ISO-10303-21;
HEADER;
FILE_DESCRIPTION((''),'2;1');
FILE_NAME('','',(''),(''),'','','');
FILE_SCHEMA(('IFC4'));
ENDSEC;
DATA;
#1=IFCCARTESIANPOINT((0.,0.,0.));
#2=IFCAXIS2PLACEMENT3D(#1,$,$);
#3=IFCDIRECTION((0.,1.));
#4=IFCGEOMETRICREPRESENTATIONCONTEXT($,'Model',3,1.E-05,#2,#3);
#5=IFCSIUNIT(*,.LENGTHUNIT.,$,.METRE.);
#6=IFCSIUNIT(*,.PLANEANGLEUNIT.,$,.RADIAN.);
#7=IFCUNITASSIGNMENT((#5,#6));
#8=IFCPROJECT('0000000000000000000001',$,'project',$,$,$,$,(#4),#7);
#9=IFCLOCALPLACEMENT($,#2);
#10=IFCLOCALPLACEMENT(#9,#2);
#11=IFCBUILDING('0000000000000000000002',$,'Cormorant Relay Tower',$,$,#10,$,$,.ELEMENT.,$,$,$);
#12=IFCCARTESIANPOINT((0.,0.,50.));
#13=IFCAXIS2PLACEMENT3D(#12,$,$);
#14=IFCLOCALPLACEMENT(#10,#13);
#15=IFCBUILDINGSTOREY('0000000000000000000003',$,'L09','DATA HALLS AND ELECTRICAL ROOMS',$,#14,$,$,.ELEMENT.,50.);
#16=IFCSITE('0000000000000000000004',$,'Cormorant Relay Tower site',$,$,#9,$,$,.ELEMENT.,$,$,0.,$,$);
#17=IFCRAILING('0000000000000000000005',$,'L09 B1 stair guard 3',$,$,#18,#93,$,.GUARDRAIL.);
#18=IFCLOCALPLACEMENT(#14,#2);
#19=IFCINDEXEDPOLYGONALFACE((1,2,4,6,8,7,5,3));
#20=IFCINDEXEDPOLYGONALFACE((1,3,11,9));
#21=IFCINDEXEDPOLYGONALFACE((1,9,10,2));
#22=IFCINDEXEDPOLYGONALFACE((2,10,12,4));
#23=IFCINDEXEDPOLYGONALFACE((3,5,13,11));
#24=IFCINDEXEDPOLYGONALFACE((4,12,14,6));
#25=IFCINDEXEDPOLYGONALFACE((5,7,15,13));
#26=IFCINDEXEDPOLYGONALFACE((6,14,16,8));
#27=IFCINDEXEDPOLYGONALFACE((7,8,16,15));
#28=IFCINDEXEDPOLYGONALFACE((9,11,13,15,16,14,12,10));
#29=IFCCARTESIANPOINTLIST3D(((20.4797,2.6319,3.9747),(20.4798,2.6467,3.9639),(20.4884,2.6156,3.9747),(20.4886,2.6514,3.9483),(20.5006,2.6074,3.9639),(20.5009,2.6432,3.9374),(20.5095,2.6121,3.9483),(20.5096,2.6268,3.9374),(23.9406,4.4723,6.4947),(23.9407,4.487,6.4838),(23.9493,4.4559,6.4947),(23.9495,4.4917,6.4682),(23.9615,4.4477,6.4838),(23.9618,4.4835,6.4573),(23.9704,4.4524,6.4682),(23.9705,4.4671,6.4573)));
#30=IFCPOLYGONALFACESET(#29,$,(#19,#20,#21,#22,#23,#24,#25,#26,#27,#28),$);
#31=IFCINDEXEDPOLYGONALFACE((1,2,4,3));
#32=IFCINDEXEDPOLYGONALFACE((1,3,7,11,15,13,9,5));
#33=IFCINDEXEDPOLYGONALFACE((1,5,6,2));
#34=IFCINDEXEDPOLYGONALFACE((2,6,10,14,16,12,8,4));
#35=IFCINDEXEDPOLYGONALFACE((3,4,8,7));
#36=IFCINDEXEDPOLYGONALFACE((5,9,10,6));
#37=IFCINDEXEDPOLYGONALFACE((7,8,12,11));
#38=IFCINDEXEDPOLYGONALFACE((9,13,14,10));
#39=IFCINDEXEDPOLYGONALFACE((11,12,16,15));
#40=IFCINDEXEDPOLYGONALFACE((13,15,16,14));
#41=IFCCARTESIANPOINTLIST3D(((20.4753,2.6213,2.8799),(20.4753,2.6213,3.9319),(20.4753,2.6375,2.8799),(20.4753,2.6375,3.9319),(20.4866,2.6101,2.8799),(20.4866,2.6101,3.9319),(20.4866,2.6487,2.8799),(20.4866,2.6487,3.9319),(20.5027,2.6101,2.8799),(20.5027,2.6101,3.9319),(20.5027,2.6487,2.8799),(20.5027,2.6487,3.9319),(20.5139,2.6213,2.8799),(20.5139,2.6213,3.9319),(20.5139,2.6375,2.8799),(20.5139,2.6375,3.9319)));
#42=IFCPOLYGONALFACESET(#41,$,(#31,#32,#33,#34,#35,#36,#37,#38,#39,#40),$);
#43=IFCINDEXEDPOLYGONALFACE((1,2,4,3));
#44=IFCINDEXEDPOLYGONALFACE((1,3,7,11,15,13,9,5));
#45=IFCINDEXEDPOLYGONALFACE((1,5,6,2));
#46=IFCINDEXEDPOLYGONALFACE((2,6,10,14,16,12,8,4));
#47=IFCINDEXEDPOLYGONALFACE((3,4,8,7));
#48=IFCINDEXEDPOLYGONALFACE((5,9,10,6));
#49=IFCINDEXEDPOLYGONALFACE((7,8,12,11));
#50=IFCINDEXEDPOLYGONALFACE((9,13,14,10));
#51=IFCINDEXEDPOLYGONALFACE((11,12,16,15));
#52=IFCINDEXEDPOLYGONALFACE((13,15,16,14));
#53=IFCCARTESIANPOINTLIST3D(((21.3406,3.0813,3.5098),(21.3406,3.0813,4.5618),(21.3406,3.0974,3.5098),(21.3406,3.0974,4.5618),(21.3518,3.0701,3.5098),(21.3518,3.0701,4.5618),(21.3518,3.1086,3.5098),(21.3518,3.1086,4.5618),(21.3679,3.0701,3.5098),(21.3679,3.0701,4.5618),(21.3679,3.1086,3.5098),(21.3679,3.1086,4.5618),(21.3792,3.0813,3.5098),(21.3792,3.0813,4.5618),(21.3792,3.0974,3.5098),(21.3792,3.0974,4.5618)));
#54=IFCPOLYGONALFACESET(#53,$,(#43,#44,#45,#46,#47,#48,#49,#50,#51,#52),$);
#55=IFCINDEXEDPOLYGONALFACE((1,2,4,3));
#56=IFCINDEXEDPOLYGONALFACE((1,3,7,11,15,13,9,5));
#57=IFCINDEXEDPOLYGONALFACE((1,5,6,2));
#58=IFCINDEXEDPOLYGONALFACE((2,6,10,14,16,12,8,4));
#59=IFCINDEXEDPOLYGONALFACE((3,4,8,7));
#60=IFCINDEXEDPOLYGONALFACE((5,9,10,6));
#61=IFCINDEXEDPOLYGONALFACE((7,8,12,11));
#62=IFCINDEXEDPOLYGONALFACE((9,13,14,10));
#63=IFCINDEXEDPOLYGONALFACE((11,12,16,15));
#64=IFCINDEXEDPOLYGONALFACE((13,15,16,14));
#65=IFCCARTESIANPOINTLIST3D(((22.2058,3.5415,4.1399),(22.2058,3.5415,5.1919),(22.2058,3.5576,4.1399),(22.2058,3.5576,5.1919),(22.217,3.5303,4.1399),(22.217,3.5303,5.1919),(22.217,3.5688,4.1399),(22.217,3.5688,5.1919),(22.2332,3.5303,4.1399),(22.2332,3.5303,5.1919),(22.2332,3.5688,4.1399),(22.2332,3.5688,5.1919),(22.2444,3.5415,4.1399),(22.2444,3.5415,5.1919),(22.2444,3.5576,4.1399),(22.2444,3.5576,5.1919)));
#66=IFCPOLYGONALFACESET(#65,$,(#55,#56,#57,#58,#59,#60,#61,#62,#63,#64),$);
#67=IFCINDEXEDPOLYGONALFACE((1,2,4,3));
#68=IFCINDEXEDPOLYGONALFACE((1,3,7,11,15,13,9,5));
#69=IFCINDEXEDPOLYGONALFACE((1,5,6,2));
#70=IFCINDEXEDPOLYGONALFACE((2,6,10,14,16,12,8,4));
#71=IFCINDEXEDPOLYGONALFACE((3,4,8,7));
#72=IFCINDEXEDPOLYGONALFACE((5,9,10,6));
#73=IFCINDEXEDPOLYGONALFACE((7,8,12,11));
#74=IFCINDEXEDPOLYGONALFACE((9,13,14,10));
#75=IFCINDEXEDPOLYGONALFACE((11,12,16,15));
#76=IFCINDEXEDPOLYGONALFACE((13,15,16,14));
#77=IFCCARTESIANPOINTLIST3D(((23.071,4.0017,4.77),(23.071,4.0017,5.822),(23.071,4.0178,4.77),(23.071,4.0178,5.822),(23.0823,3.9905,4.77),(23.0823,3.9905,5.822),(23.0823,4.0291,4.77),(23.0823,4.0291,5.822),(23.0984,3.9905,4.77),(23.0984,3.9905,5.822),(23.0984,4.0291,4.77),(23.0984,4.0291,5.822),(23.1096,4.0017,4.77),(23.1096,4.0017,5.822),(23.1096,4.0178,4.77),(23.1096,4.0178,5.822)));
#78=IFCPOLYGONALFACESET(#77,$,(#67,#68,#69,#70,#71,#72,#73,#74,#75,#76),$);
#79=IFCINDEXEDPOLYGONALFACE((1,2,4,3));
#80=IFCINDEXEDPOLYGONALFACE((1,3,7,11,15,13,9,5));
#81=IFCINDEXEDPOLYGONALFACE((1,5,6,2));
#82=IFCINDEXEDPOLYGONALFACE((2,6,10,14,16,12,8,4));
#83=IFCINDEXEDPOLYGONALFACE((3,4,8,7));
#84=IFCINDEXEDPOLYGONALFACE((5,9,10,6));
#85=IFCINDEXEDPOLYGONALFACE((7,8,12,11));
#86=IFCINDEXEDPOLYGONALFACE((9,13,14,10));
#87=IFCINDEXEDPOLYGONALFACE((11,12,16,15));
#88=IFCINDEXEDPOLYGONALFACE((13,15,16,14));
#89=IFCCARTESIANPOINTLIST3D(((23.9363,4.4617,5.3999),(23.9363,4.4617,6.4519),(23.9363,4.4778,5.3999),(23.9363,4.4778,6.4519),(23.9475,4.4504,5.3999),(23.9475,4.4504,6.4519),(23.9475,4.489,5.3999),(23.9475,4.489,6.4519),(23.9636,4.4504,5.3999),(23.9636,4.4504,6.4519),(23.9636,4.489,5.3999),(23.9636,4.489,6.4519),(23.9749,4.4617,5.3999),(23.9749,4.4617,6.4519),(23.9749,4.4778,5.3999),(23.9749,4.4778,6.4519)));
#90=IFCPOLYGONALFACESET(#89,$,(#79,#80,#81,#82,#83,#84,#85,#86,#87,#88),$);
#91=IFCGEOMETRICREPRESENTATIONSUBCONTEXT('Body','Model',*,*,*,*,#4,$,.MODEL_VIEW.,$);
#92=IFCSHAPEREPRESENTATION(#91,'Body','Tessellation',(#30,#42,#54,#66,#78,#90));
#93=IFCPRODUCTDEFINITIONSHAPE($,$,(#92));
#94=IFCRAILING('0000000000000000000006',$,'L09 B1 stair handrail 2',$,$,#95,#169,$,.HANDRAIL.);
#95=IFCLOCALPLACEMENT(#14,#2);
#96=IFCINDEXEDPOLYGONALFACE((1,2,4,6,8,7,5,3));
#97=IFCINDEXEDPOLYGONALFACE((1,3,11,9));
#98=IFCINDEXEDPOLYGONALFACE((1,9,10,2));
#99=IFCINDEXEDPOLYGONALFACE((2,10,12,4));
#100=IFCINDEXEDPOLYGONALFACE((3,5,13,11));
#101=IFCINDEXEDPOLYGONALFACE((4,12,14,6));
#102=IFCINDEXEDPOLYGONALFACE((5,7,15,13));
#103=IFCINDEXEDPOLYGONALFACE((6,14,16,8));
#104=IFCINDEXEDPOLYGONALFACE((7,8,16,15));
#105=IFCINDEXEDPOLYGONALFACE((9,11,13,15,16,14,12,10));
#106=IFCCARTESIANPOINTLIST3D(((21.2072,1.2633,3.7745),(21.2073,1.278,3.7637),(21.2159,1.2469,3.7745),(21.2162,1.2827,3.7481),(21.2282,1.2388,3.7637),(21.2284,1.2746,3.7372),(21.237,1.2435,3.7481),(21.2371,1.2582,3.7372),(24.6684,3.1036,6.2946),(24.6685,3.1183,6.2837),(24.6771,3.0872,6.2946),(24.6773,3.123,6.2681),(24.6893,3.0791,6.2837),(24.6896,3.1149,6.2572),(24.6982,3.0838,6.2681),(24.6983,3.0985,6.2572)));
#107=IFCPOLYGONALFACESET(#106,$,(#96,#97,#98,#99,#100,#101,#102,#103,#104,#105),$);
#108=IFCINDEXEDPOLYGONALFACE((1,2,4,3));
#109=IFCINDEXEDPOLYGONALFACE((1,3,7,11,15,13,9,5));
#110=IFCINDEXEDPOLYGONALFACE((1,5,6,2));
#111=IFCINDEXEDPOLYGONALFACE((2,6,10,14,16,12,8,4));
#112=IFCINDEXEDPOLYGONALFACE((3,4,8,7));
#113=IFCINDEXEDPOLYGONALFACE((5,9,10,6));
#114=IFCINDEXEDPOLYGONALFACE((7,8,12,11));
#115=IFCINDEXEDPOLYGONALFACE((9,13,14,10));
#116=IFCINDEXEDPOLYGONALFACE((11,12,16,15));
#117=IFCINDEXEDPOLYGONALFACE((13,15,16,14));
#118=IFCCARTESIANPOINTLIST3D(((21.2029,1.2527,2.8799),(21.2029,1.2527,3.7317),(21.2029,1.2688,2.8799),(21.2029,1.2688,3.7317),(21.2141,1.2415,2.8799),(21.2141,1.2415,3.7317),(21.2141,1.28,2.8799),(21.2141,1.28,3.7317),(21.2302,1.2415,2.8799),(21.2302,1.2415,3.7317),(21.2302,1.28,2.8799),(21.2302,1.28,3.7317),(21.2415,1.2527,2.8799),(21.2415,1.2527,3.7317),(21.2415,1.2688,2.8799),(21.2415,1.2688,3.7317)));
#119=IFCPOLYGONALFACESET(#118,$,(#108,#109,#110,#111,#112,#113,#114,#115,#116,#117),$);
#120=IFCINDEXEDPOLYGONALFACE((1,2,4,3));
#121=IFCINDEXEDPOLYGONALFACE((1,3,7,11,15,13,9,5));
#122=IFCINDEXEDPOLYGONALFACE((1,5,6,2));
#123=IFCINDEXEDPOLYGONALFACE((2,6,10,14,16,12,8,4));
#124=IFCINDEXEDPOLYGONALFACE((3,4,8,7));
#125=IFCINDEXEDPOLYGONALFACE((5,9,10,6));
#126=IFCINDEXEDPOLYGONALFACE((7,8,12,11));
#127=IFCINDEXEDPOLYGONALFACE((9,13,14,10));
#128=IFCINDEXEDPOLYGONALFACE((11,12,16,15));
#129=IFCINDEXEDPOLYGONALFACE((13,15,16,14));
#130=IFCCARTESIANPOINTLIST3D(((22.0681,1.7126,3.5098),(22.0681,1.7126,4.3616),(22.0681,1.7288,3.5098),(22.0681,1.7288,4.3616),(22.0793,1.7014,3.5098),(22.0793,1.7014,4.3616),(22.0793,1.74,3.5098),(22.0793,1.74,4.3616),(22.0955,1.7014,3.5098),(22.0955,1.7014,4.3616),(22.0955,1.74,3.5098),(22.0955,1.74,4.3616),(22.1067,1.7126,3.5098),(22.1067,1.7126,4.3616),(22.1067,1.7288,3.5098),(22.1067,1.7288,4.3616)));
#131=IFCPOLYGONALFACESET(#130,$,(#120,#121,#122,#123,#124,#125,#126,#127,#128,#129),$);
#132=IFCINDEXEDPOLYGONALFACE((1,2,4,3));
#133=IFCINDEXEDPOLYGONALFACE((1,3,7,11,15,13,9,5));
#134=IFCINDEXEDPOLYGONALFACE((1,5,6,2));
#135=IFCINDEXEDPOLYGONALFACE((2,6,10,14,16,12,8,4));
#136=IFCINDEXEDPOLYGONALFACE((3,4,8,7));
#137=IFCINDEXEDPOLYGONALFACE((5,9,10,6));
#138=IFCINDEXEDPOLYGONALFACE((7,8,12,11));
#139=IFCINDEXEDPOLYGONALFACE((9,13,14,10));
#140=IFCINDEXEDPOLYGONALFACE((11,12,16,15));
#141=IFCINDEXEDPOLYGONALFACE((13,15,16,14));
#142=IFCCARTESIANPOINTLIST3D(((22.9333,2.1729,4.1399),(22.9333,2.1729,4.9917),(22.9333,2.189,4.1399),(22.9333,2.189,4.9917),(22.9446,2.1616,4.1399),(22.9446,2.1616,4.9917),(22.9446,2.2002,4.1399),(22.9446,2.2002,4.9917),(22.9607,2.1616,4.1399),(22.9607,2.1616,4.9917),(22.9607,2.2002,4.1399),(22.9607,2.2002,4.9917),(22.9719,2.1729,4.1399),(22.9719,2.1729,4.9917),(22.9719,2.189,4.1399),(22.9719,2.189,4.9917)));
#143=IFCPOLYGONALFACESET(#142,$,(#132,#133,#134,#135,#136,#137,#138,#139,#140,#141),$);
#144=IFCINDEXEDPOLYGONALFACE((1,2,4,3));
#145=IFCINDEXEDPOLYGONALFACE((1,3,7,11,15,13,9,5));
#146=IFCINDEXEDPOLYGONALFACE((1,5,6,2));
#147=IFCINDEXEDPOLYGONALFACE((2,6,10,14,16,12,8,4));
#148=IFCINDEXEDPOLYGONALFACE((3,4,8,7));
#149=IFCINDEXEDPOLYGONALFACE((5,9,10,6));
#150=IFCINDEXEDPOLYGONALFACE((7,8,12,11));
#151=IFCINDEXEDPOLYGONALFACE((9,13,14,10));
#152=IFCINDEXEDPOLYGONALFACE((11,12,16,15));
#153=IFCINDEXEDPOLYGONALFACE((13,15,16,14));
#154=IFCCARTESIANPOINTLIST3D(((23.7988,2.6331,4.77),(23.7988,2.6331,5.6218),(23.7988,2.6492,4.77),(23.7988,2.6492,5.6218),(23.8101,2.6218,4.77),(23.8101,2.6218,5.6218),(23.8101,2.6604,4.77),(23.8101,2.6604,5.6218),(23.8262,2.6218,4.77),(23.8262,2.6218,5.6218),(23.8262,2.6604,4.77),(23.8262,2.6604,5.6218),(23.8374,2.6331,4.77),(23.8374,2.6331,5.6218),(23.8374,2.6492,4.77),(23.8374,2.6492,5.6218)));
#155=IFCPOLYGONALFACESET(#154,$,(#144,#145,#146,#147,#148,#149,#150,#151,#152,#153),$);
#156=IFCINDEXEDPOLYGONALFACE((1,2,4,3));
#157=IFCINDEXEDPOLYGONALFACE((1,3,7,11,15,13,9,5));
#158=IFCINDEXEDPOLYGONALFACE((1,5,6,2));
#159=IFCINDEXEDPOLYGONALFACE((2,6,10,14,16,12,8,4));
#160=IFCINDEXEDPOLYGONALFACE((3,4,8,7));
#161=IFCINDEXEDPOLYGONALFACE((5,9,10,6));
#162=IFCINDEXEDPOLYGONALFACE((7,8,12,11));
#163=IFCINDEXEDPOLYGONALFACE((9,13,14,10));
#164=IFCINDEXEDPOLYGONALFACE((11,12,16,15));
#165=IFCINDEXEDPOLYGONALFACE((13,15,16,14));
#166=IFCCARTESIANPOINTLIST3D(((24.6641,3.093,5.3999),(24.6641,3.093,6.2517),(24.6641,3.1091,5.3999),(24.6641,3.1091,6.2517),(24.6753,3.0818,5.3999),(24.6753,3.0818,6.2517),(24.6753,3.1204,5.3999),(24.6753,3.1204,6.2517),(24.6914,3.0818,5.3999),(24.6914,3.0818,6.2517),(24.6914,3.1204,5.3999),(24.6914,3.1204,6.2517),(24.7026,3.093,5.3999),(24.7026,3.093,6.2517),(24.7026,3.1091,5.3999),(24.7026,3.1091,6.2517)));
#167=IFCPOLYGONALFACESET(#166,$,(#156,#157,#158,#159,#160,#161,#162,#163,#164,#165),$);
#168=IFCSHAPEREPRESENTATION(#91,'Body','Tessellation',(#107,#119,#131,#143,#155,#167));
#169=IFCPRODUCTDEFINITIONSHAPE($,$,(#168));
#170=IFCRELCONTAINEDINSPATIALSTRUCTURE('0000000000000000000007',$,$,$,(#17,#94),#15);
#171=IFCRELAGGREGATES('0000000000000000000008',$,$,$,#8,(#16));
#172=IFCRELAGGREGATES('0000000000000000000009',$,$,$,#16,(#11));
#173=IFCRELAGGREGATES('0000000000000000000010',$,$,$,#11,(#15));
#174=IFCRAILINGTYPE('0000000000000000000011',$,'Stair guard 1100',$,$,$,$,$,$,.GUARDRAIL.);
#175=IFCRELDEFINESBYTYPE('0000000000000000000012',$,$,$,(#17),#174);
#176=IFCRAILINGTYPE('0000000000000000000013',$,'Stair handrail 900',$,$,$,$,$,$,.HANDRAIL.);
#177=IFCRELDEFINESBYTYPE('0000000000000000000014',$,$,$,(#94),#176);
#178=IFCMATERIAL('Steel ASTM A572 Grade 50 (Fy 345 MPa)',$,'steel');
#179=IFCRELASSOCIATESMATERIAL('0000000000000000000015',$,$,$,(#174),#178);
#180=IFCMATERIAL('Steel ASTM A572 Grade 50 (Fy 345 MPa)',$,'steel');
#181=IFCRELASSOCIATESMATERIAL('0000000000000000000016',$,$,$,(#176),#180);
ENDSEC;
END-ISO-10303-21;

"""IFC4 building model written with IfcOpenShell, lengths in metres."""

from ifc_helpers import new_model, si_unit, direction, frame, origin, place, context, subcontext, project, spatial, polyline, outline, extrude, material, type_object, element, save


model = new_model("IFC4")

# Units and contexts
model_context = context("Model", 3, precision=1e-05, world=origin(), true_north=direction((0.0, 1.0)))
body_context = subcontext(model_context, "Body", "Model", "MODEL_VIEW")
ifc_project = project(units=[si_unit("LENGTHUNIT", "METRE"), si_unit("PLANEANGLEUNIT", "RADIAN")], contexts=[model_context])

# Site, building, storey
site_placement = place(None, origin())
site = spatial("IfcSite", under=ifc_project, at=site_placement, Name="Cormorant Relay Tower site", CompositionType="ELEMENT", RefElevation=0.0)
building_placement = place(site_placement, origin())
building = spatial("IfcBuilding", under=site, at=building_placement, Name="Cormorant Relay Tower", CompositionType="ELEMENT")
storey_placement = place(building_placement, frame((0.0, 0.0, 50.0)))
storey = spatial("IfcBuildingStorey", under=building, at=storey_placement, Name="L09", Description="DATA HALLS AND ELECTRICAL ROOMS", CompositionType="ELEMENT", Elevation=50.0)

# Railings
ifc_material_1 = material(Name="Steel ASTM A572 Grade 50 (Fy 345 MPa)", Category="steel")
railing_type_1 = type_object("IfcRailingType", Name="Stair guard 1100", PredefinedType="GUARDRAIL", material=ifc_material_1)
railing_1_placement = place(storey_placement, frame((20.4946, 2.6294, 2.8799)))
element("IfcRailing", 1, at=railing_1_placement, inside=storey, type_object=railing_type_1, Name="L09 B1 stair guard 3", PredefinedType="GUARDRAIL", context=body_context, shape_type="SweptSolid", body=[
    extrude(outline(polyline([(0.0222, 0.0093), (0.0093, 0.0222), (-0.0093, 0.0222), (-0.0222, 0.0093), (-0.0222, -0.0093), (-0.0093, -0.0222), (0.0093, -0.0222), (0.0222, -0.0093), (0.0222, 0.0093)])), frame((0.0, 0.0, 1.0762), z_axis=(0.742694, 0.394923, 0.540779), x_axis=(-0.469495, 0.882935, 0.0)), (0.0, 0.0, 1.0), 4.6599),
    extrude(outline(polyline([(0.0193, 0.0081), (0.0081, 0.0193), (-0.0081, 0.0193), (-0.0193, 0.0081), (-0.0193, -0.0081), (-0.0081, -0.0193), (0.0081, -0.0193), (0.0193, -0.0081), (0.0193, 0.0081)])), origin(), (0.0, 0.0, 1.0), 1.052),
    extrude(outline(polyline([(0.0193, 0.0081), (0.0081, 0.0193), (-0.0081, 0.0193), (-0.0193, 0.0081), (-0.0193, -0.0081), (-0.0081, -0.0193), (0.0081, -0.0193), (0.0193, -0.0081), (0.0193, 0.0081)])), frame((0.8652, 0.46, 0.6299)), (0.0, 0.0, 1.0), 1.052),
    extrude(outline(polyline([(0.0193, 0.0081), (0.0081, 0.0193), (-0.0081, 0.0193), (-0.0193, 0.0081), (-0.0193, -0.0081), (-0.0081, -0.0193), (0.0081, -0.0193), (0.0193, -0.0081), (0.0193, 0.0081)])), frame((1.7305, 0.9202, 1.26)), (0.0, 0.0, 1.0), 1.052),
    extrude(outline(polyline([(0.0193, 0.0081), (0.0081, 0.0193), (-0.0081, 0.0193), (-0.0193, 0.0081), (-0.0193, -0.0081), (-0.0081, -0.0193), (0.0081, -0.0193), (0.0193, -0.0081), (0.0193, 0.0081)])), frame((2.5957, 1.3804, 1.8901)), (0.0, 0.0, 1.0), 1.052),
    extrude(outline(polyline([(0.0193, 0.0081), (0.0081, 0.0193), (-0.0081, 0.0193), (-0.0193, 0.0081), (-0.0193, -0.0081), (-0.0081, -0.0193), (0.0081, -0.0193), (0.0193, -0.0081), (0.0193, 0.0081)])), frame((3.4609, 1.8403, 2.52)), (0.0, 0.0, 1.0), 1.052),
])
ifc_material_2 = material(Name="Steel ASTM A572 Grade 50 (Fy 345 MPa)", Category="steel")
railing_type_2 = type_object("IfcRailingType", Name="Stair handrail 900", PredefinedType="HANDRAIL", material=ifc_material_2)
railing_2_placement = place(storey_placement, frame((21.2222, 1.2607, 2.8799)))
element("IfcRailing", 2, at=railing_2_placement, inside=storey, type_object=railing_type_2, Name="L09 B1 stair handrail 2", PredefinedType="HANDRAIL", context=body_context, shape_type="SweptSolid", body=[
    extrude(outline(polyline([(0.0222, 0.0093), (0.0093, 0.0222), (-0.0093, 0.0222), (-0.0222, 0.0093), (-0.0222, -0.0093), (-0.0093, -0.0222), (0.0093, -0.0222), (0.0222, -0.0093), (0.0222, 0.0093)])), frame((0.0, 0.0, 0.876), z_axis=(0.742717, 0.394907, 0.540758), x_axis=(-0.469469, 0.882949, 0.0)), (0.0, 0.0, 1.0), 4.6602),
    extrude(outline(polyline([(0.0193, 0.0081), (0.0081, 0.0193), (-0.0081, 0.0193), (-0.0193, 0.0081), (-0.0193, -0.0081), (-0.0081, -0.0193), (0.0081, -0.0193), (0.0193, -0.0081), (0.0193, 0.0081)])), origin(), (0.0, 0.0, 1.0), 0.8518),
    extrude(outline(polyline([(0.0193, 0.0081), (0.0081, 0.0193), (-0.0081, 0.0193), (-0.0193, 0.0081), (-0.0193, -0.0081), (-0.0081, -0.0193), (0.0081, -0.0193), (0.0193, -0.0081), (0.0193, 0.0081)])), frame((0.8652, 0.46, 0.6299)), (0.0, 0.0, 1.0), 0.8518),
    extrude(outline(polyline([(0.0193, 0.0081), (0.0081, 0.0193), (-0.0081, 0.0193), (-0.0193, 0.0081), (-0.0193, -0.0081), (-0.0081, -0.0193), (0.0081, -0.0193), (0.0193, -0.0081), (0.0193, 0.0081)])), frame((1.7305, 0.9202, 1.26)), (0.0, 0.0, 1.0), 0.8518),
    extrude(outline(polyline([(0.0193, 0.0081), (0.0081, 0.0193), (-0.0081, 0.0193), (-0.0193, 0.0081), (-0.0193, -0.0081), (-0.0081, -0.0193), (0.0081, -0.0193), (0.0193, -0.0081), (0.0193, 0.0081)])), frame((2.5959, 1.3804, 1.8901)), (0.0, 0.0, 1.0), 0.8518),
    extrude(outline(polyline([(0.0193, 0.0081), (0.0081, 0.0193), (-0.0081, 0.0193), (-0.0193, 0.0081), (-0.0193, -0.0081), (-0.0081, -0.0193), (0.0081, -0.0193), (0.0193, -0.0081), (0.0193, 0.0081)])), frame((3.4612, 1.8403, 2.52)), (0.0, 0.0, 1.0), 0.8518),
])

save(model, "model.ifc")
